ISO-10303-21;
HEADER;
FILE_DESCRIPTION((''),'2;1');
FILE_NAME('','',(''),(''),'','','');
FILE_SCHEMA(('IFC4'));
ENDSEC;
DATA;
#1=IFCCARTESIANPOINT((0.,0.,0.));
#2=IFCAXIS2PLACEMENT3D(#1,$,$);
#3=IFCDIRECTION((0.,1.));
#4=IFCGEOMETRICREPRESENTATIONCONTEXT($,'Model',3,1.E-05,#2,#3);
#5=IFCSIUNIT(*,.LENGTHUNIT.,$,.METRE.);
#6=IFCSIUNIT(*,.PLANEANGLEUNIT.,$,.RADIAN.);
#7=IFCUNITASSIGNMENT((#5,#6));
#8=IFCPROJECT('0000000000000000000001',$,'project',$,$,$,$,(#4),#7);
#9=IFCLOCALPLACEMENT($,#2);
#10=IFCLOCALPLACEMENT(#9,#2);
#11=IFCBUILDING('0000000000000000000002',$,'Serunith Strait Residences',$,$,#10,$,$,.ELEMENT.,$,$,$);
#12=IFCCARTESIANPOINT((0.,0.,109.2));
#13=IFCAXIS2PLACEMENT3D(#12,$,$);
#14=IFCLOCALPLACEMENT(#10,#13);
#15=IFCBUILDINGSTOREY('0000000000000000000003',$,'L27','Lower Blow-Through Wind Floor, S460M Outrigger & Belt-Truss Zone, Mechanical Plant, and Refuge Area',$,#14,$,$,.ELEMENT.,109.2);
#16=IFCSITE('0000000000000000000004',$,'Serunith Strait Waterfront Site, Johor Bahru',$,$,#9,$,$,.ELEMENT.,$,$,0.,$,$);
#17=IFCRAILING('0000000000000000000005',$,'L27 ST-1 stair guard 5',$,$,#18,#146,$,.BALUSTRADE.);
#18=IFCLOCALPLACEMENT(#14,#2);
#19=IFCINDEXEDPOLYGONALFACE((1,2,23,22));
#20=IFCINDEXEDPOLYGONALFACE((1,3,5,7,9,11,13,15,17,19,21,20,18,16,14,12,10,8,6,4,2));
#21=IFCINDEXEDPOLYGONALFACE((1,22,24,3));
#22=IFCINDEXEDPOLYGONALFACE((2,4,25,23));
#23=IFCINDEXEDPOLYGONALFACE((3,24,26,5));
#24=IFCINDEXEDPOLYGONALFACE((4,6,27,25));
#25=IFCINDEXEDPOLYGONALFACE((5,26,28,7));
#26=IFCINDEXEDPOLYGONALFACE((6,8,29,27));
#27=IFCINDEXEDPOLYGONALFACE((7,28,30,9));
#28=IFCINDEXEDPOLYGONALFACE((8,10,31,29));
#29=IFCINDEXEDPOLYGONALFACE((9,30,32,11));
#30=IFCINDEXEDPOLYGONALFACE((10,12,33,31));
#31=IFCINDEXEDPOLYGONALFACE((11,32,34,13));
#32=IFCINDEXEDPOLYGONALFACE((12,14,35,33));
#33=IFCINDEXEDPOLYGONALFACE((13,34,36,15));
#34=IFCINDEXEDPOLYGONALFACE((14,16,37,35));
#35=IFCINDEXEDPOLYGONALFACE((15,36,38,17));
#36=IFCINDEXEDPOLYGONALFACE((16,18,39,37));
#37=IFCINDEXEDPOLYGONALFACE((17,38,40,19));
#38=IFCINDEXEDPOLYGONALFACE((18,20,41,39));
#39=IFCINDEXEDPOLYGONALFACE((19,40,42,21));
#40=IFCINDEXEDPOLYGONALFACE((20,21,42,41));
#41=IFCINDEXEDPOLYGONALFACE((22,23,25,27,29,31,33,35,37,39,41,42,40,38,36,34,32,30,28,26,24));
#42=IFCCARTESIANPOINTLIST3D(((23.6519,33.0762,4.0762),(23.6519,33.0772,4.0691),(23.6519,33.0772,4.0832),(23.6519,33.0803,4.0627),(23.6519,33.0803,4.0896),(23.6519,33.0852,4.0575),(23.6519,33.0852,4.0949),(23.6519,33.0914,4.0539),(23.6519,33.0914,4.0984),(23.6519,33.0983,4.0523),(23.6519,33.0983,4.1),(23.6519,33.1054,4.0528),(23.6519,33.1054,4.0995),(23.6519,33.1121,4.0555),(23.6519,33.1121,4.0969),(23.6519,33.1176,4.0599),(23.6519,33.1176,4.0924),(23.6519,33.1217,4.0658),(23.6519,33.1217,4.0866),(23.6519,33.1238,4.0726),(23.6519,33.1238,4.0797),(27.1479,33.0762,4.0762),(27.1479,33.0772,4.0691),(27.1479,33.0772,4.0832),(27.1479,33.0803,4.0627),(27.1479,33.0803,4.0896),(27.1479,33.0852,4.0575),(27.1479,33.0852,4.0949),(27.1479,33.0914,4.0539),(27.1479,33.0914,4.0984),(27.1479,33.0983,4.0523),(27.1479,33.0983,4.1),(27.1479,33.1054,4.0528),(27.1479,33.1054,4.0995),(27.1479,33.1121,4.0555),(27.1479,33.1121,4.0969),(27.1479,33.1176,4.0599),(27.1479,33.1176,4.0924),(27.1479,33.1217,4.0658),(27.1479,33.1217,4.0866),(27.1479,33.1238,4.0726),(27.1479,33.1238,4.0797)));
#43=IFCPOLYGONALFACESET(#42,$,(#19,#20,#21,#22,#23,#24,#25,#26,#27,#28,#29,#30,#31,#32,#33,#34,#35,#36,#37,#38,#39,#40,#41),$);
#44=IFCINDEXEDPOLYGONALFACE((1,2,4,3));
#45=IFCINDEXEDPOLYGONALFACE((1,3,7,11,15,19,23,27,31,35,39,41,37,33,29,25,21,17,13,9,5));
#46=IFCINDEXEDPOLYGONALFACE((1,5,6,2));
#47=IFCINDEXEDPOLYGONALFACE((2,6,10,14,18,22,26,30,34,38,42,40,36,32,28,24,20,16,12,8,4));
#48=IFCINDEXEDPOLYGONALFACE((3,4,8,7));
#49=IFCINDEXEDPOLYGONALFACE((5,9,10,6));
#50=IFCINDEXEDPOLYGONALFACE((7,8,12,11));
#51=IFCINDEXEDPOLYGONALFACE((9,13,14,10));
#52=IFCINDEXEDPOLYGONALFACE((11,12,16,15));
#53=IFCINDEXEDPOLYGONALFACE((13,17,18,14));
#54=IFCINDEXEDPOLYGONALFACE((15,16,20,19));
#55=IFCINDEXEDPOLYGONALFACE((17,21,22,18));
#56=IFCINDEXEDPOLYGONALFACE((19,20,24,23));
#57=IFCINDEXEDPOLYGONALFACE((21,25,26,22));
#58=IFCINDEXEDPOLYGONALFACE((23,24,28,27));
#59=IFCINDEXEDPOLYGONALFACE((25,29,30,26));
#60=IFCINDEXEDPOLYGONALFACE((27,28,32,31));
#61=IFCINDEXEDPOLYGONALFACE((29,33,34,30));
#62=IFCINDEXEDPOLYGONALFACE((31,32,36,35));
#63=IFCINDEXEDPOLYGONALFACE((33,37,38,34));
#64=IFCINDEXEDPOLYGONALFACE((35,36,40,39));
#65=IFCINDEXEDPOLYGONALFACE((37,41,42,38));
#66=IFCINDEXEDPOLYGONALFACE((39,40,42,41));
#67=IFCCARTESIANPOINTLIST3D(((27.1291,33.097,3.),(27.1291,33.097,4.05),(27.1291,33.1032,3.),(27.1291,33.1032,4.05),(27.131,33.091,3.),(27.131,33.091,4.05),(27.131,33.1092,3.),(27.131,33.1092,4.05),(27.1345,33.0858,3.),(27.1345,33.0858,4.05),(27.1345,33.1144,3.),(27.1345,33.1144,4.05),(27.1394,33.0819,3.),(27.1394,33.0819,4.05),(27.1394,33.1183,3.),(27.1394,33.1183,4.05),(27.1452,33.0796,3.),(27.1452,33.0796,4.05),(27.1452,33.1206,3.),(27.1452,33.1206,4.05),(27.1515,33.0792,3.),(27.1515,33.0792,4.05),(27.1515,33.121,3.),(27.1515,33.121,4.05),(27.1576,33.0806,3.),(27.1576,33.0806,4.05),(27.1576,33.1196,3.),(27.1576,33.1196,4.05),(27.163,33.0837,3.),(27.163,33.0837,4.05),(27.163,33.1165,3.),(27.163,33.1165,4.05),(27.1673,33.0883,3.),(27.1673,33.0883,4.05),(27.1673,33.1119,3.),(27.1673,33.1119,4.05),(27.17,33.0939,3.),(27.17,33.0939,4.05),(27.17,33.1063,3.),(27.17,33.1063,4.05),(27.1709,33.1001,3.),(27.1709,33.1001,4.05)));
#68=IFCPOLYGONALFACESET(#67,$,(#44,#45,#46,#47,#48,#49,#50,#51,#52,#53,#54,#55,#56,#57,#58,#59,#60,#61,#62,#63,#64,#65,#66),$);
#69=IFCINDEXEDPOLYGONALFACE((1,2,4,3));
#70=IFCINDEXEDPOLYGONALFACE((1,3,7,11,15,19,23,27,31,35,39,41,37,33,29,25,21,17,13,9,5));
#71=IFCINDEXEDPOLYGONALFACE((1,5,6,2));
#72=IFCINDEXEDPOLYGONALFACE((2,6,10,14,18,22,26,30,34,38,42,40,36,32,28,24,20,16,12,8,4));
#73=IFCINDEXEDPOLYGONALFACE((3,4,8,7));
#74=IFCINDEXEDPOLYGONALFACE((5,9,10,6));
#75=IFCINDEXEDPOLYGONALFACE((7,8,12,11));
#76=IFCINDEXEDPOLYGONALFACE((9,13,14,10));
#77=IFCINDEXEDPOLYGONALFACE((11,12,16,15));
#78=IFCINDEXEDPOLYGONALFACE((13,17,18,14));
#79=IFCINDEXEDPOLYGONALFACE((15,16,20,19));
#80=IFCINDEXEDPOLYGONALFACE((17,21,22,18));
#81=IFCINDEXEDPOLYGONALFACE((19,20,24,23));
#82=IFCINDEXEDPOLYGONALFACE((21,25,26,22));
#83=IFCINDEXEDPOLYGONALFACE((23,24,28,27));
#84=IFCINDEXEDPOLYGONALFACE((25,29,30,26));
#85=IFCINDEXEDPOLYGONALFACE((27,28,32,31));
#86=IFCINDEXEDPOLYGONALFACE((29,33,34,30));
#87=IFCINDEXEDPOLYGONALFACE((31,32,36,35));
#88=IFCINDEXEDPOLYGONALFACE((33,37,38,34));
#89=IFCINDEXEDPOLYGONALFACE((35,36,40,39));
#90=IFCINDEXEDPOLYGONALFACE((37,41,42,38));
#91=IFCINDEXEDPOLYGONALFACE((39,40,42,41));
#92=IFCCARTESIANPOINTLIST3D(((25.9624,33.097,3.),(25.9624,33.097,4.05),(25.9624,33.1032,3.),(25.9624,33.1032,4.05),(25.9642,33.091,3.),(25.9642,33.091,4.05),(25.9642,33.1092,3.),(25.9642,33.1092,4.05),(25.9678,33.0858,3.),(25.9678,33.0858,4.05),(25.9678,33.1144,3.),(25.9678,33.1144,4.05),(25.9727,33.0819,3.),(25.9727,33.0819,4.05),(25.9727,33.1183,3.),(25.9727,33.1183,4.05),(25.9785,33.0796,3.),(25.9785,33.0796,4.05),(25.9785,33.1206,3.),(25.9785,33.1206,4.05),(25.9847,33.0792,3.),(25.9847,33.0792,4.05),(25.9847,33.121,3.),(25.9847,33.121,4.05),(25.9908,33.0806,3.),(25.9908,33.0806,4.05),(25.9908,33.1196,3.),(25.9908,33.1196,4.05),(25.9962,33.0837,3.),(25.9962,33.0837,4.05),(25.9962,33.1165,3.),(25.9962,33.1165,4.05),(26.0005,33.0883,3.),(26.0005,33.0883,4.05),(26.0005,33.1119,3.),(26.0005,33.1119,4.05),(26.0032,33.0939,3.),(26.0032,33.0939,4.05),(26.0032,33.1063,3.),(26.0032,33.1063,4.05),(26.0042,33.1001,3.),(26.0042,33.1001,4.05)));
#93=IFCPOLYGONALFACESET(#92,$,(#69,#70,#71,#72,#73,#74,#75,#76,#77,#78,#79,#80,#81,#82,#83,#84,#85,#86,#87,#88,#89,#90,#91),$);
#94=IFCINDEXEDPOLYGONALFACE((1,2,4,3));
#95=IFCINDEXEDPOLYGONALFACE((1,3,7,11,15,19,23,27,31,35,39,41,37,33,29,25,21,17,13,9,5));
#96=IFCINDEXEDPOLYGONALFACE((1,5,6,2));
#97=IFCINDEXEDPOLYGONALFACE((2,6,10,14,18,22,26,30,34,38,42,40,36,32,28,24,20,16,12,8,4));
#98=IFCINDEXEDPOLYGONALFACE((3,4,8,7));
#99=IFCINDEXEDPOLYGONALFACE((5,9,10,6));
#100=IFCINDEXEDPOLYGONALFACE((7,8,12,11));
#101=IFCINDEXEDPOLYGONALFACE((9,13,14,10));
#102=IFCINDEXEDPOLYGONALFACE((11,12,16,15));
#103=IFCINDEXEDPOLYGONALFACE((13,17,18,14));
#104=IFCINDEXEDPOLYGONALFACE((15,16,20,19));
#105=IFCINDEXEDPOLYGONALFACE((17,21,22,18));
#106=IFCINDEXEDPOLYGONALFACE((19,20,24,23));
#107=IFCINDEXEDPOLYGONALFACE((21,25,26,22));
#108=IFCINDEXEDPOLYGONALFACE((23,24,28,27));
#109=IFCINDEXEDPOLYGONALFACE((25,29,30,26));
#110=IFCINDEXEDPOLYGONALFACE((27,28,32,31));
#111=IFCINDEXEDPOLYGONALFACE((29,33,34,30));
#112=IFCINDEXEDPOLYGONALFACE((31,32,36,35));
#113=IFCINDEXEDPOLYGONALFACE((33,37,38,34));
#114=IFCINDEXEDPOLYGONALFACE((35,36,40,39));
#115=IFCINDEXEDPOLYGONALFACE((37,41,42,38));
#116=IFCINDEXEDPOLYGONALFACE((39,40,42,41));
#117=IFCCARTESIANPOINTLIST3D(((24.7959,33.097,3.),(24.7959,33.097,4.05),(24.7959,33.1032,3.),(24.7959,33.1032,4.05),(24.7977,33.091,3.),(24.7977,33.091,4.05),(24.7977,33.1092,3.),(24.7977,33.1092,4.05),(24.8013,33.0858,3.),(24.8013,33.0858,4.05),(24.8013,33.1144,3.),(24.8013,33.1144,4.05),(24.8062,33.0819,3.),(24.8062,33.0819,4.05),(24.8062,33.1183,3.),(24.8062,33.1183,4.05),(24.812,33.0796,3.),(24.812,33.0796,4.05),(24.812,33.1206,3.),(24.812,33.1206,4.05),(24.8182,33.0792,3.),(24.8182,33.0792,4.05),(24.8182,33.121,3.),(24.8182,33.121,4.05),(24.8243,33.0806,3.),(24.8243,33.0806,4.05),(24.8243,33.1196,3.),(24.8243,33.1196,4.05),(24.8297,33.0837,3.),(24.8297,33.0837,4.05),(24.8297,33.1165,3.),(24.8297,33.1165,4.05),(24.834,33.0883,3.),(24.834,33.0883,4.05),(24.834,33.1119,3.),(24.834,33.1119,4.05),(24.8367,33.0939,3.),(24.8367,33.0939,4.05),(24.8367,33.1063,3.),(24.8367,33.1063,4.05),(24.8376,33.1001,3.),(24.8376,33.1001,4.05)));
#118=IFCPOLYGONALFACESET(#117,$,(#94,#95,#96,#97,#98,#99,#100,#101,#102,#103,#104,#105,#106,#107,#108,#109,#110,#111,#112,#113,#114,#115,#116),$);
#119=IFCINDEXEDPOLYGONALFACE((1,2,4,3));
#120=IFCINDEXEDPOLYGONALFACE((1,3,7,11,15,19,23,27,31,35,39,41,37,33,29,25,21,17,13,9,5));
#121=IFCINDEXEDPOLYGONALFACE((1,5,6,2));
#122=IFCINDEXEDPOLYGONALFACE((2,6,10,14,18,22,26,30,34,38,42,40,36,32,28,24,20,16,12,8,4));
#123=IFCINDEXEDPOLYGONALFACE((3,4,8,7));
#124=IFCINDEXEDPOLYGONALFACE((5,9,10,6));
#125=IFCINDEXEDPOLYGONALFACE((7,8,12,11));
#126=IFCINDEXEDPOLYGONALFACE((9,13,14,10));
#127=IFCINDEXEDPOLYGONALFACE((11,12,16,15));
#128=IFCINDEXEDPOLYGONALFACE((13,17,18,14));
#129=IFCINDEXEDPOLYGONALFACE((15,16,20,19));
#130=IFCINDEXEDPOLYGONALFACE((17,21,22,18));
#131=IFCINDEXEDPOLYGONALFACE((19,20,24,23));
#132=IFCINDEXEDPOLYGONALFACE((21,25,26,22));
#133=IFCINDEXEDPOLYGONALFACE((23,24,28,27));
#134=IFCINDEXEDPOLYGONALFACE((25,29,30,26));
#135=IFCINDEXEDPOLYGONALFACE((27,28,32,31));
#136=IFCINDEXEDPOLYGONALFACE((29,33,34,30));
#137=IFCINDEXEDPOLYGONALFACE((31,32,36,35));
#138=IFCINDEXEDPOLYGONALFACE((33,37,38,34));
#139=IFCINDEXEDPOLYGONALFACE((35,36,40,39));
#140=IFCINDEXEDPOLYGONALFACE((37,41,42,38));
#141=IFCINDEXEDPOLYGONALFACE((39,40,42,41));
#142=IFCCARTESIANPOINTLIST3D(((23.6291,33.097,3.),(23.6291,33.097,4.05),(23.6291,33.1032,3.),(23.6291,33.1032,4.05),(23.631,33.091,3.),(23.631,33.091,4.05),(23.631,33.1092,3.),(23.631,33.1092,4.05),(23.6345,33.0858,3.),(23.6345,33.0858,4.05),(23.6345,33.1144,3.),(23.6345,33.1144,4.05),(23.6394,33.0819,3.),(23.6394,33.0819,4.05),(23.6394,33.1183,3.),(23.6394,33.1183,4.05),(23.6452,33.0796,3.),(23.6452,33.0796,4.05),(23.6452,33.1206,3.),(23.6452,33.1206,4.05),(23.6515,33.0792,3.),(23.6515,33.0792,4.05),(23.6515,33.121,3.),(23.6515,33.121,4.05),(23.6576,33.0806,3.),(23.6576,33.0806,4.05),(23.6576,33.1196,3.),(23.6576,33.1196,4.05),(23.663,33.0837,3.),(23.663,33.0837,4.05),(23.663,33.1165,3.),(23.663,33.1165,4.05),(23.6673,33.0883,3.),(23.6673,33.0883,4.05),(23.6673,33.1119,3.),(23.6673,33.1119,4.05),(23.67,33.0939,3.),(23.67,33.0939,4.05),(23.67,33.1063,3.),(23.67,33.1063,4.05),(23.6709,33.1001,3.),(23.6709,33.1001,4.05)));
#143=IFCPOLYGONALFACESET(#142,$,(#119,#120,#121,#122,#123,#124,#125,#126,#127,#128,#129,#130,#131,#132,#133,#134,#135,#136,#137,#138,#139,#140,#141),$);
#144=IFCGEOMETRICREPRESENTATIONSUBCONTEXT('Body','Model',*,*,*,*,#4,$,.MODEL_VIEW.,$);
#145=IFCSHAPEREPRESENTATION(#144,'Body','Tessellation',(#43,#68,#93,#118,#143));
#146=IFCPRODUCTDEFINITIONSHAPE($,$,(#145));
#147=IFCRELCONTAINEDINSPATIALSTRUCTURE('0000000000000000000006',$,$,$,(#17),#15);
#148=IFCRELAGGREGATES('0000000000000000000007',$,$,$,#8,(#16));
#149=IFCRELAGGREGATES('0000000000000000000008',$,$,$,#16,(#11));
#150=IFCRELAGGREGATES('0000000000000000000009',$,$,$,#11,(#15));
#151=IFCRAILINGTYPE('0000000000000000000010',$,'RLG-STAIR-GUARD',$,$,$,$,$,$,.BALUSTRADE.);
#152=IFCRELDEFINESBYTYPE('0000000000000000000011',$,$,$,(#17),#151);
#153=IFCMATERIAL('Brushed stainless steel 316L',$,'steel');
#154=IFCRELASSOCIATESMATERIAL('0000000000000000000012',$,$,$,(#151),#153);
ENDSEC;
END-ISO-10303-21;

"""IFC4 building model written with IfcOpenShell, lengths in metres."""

from ifc_helpers import new_model, si_unit, direction, frame, origin, origin_2d, place, context, subcontext, project, spatial, circle, extrude, material, type_object, element, save


model = new_model("IFC4")

# Units and contexts
model_context = context("Model", 3, precision=1e-05, world=origin(), true_north=direction((0.0, 1.0)))
body_context = subcontext(model_context, "Body", "Model", "MODEL_VIEW")
ifc_project = project(units=[si_unit("LENGTHUNIT", "METRE"), si_unit("PLANEANGLEUNIT", "RADIAN")], contexts=[model_context])

# Site, building, storey
site_placement = place(None, origin())
site = spatial("IfcSite", under=ifc_project, at=site_placement, Name="Serunith Strait Waterfront Site, Johor Bahru", CompositionType="ELEMENT", RefElevation=0.0)
building_placement = place(site_placement, origin())
building = spatial("IfcBuilding", under=site, at=building_placement, Name="Serunith Strait Residences", CompositionType="ELEMENT")
storey_placement = place(building_placement, frame((0.0, 0.0, 109.2)))
storey = spatial("IfcBuildingStorey", under=building, at=storey_placement, Name="L27", Description="Lower Blow-Through Wind Floor, S460M Outrigger & Belt-Truss Zone, Mechanical Plant, and Refuge Area", CompositionType="ELEMENT", Elevation=109.2)

# Railing
ifc_material_1 = material(Name="Brushed stainless steel 316L", Category="steel")
railing_type_1 = type_object("IfcRailingType", Name="RLG-STAIR-GUARD", PredefinedType="BALUSTRADE", material=ifc_material_1)
railing_1_placement = place(storey_placement, frame((27.1499, 33.1001, 3.0)))
element("IfcRailing", 1, at=railing_1_placement, inside=storey, type_object=railing_type_1, Name="L27 ST-1 stair guard 5", PredefinedType="BALUSTRADE", context=body_context, shape_type="SweptSolid", body=[
    extrude(circle(Radius=0.0239, at=origin_2d()), frame((-0.002, 0.0, 1.0762), z_axis=(-1.0, 0.0, 0.0), x_axis=(0.0, -1.0, 0.0)), (0.0, 0.0, 1.0), 3.4961),
    extrude(circle(Radius=0.021, at=origin_2d()), origin(), (0.0, 0.0, 1.0), 1.05),
    extrude(circle(Radius=0.021, at=origin_2d()), frame((-1.1667, 0.0, 0.0)), (0.0, 0.0, 1.0), 1.05),
    extrude(circle(Radius=0.021, at=origin_2d()), frame((-2.3333, 0.0, 0.0)), (0.0, 0.0, 1.0), 1.05),
    extrude(circle(Radius=0.021, at=origin_2d()), frame((-3.5, 0.0, 0.0)), (0.0, 0.0, 1.0), 1.05),
])

save(model, "model.ifc")
